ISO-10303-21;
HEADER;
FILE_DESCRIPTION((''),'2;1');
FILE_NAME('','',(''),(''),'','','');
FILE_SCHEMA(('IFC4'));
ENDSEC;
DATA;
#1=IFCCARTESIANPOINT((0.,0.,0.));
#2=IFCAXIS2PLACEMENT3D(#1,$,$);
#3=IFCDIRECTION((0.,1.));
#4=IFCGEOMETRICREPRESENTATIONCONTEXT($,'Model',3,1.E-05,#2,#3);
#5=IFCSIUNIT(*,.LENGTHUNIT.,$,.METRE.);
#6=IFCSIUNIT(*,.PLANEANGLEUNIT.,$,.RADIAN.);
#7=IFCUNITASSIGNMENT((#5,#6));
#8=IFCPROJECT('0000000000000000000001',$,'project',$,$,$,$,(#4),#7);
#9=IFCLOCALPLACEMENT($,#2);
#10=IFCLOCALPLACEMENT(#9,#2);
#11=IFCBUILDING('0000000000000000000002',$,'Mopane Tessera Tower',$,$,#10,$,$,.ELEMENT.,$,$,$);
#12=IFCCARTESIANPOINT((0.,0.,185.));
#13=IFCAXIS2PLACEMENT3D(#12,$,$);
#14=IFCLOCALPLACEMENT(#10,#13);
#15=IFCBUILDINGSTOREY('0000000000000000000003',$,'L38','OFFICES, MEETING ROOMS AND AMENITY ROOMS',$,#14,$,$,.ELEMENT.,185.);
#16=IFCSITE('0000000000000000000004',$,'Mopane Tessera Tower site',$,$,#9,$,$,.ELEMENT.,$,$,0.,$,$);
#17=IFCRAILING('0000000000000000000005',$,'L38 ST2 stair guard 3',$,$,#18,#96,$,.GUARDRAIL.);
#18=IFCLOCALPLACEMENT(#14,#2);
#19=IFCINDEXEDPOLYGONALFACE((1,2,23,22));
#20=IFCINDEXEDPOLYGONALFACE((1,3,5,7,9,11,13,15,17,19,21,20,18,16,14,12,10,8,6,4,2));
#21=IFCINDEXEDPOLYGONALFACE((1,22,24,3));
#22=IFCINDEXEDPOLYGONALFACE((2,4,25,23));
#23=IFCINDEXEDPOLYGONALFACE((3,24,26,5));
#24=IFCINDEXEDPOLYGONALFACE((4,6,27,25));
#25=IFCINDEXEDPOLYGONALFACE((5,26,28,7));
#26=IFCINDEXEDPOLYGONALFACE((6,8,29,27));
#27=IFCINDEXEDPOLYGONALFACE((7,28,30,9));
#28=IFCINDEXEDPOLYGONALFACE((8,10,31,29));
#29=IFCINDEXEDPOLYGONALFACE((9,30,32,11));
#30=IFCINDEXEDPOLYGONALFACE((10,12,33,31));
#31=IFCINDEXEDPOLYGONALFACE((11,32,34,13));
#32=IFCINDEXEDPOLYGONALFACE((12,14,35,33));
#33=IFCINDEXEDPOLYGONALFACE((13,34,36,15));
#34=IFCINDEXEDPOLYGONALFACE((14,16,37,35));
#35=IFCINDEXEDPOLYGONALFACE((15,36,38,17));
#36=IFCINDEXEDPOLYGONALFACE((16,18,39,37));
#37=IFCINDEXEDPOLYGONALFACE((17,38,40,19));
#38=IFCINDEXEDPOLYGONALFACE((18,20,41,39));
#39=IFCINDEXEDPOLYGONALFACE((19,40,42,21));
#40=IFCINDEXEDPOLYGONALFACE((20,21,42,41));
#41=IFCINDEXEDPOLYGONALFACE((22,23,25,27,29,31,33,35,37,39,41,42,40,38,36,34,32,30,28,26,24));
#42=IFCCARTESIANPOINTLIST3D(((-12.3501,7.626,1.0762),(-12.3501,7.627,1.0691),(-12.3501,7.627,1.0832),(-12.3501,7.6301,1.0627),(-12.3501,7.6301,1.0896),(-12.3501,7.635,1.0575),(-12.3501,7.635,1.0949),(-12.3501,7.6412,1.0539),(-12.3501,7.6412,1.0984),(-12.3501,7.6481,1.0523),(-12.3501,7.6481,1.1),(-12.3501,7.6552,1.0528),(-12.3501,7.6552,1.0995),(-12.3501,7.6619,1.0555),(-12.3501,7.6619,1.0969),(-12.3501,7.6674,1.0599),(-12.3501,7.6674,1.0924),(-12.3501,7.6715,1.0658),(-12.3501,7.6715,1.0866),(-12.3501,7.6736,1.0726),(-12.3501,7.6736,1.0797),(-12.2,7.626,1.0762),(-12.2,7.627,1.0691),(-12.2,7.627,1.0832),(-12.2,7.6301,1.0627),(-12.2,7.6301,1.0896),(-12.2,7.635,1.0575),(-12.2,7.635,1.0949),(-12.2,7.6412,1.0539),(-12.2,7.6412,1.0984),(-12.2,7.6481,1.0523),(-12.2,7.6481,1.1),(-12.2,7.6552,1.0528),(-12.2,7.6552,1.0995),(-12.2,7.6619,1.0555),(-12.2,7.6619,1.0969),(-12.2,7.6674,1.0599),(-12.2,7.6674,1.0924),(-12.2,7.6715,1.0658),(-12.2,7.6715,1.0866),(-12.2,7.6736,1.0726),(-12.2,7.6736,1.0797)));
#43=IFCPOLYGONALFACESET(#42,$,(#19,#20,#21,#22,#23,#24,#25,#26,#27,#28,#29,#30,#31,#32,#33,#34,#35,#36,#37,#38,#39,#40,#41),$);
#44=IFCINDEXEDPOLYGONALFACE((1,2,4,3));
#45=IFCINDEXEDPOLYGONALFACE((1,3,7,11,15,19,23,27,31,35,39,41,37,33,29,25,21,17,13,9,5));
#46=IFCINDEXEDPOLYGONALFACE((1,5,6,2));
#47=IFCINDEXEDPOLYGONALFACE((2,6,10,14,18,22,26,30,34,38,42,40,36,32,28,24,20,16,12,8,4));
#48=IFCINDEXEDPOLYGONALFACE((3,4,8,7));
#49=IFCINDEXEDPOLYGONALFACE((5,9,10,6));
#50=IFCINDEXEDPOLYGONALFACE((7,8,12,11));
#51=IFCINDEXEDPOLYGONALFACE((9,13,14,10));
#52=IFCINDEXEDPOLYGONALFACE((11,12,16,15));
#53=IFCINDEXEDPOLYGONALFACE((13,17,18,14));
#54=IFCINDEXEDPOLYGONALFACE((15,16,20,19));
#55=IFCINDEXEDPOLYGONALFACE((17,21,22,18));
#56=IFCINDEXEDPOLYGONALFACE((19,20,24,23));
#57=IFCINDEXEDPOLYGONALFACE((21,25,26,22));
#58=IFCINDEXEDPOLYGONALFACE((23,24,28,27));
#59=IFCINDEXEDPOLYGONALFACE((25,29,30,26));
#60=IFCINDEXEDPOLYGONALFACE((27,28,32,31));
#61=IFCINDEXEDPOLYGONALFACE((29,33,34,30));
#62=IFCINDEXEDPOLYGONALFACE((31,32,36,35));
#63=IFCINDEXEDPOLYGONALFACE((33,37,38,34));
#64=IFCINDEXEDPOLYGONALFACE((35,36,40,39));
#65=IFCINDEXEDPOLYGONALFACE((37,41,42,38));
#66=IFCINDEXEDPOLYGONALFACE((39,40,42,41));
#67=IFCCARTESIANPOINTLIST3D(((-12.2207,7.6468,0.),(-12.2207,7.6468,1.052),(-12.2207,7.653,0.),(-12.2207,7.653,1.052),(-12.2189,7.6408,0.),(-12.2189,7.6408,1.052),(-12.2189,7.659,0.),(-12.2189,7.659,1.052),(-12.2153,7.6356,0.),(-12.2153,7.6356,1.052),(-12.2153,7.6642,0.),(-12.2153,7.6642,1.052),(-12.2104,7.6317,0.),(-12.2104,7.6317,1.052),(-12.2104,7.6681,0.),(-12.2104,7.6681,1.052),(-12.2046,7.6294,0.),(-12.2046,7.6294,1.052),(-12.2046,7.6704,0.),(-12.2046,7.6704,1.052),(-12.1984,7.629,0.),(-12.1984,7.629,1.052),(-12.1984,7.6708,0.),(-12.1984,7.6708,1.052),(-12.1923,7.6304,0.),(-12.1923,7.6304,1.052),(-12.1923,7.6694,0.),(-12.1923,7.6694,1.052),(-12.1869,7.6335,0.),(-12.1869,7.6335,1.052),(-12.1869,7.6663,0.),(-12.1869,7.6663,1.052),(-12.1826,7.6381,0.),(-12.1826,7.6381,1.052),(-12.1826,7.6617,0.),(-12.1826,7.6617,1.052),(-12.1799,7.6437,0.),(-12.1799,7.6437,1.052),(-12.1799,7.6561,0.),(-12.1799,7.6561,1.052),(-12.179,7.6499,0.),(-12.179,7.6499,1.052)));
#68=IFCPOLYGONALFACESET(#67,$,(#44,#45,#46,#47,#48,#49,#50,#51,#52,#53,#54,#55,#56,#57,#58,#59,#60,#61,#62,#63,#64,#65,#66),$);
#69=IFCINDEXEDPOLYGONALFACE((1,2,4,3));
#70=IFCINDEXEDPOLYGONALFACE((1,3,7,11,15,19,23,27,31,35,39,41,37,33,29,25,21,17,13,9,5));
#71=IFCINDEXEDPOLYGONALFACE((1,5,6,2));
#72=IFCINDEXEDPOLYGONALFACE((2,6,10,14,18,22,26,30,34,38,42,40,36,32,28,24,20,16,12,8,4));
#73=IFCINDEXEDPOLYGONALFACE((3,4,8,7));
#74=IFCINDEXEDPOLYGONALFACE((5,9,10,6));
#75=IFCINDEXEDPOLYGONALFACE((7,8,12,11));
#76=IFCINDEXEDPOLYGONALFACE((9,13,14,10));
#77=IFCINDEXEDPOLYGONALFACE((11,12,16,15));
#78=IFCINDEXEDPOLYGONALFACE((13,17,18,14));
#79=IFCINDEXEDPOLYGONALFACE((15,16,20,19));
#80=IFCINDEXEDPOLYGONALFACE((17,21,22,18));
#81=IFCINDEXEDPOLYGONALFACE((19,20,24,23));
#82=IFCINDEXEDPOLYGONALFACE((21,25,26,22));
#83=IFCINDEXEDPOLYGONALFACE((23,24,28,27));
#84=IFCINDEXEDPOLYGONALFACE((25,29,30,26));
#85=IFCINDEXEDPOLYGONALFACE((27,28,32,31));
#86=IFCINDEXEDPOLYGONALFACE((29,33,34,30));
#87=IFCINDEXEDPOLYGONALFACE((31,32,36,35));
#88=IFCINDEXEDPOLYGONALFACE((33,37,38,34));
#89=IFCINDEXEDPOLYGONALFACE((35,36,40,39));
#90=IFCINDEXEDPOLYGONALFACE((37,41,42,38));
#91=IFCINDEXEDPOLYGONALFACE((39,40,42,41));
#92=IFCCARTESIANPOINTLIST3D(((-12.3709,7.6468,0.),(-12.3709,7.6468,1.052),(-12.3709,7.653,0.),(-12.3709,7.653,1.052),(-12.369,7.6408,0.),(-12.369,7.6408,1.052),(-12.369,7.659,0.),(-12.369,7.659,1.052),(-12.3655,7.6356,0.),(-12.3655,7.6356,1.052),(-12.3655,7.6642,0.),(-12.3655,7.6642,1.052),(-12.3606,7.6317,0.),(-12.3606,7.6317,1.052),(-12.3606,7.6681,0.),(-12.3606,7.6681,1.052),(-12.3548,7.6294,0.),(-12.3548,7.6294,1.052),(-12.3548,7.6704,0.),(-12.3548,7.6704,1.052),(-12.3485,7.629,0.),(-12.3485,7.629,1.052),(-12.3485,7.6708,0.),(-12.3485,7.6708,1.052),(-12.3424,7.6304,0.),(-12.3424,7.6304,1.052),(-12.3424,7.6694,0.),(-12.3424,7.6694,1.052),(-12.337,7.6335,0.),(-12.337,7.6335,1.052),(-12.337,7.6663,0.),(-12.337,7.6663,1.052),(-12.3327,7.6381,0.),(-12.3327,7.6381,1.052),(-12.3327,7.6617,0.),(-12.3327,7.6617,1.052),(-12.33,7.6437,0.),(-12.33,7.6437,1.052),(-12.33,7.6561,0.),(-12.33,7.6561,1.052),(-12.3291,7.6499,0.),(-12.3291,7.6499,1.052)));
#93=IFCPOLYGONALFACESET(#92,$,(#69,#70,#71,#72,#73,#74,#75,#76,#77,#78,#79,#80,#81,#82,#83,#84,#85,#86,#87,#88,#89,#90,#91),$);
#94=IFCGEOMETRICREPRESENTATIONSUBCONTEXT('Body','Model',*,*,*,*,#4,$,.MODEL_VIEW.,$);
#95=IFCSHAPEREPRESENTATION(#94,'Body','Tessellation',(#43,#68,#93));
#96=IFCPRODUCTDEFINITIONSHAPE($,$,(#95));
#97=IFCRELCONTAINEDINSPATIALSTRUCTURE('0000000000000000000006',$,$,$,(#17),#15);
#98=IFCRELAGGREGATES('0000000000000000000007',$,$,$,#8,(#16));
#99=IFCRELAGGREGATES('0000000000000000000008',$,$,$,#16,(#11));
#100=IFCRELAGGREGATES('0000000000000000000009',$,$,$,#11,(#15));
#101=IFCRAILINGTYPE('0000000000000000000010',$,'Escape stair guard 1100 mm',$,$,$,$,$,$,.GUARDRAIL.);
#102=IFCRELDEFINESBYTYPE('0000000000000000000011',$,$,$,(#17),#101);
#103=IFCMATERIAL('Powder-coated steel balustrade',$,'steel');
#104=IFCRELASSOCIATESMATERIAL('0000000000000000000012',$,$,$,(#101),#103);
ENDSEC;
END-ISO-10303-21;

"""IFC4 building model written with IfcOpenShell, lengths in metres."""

from ifc_helpers import new_model, si_unit, direction, frame, origin, origin_2d, place, context, subcontext, project, spatial, circle, extrude, material, type_object, element, save


model = new_model("IFC4")

# Units and contexts
model_context = context("Model", 3, precision=1e-05, world=origin(), true_north=direction((0.0, 1.0)))
body_context = subcontext(model_context, "Body", "Model", "MODEL_VIEW")
ifc_project = project(units=[si_unit("LENGTHUNIT", "METRE"), si_unit("PLANEANGLEUNIT", "RADIAN")], contexts=[model_context])

# Site, building, storey
site_placement = place(None, origin())
site = spatial("IfcSite", under=ifc_project, at=site_placement, Name="Mopane Tessera Tower site", CompositionType="ELEMENT", RefElevation=0.0)
building_placement = place(site_placement, origin())
building = spatial("IfcBuilding", under=site, at=building_placement, Name="Mopane Tessera Tower", CompositionType="ELEMENT")
storey_placement = place(building_placement, frame((0.0, 0.0, 185.0)))
storey = spatial("IfcBuildingStorey", under=building, at=storey_placement, Name="L38", Description="OFFICES, MEETING ROOMS AND AMENITY ROOMS", CompositionType="ELEMENT", Elevation=185.0)

# Railing
ifc_material_1 = material(Name="Powder-coated steel balustrade", Category="steel")
railing_type = type_object("IfcRailingType", Name="Escape stair guard 1100 mm", PredefinedType="GUARDRAIL", material=ifc_material_1)
railing_1_placement = place(storey_placement, frame((-12.2, 7.6499, 0.0)))
element("IfcRailing", 1, at=railing_1_placement, inside=storey, type_object=railing_type, Name="L38 ST2 stair guard 3", PredefinedType="GUARDRAIL", context=body_context, shape_type="SweptSolid", body=[
    extrude(circle(Radius=0.0239, at=origin_2d()), frame((0.0, 0.0, 1.0762), z_axis=(-1.0, 0.0, 0.0), x_axis=(0.0, -1.0, 0.0)), (0.0, 0.0, 1.0), 0.1501),
    extrude(circle(Radius=0.021, at=origin_2d()), origin(), (0.0, 0.0, 1.0), 1.052),
    extrude(circle(Radius=0.021, at=origin_2d()), frame((-0.1501, 0.0, 0.0)), (0.0, 0.0, 1.0), 1.052),
])

save(model, "model.ifc")
